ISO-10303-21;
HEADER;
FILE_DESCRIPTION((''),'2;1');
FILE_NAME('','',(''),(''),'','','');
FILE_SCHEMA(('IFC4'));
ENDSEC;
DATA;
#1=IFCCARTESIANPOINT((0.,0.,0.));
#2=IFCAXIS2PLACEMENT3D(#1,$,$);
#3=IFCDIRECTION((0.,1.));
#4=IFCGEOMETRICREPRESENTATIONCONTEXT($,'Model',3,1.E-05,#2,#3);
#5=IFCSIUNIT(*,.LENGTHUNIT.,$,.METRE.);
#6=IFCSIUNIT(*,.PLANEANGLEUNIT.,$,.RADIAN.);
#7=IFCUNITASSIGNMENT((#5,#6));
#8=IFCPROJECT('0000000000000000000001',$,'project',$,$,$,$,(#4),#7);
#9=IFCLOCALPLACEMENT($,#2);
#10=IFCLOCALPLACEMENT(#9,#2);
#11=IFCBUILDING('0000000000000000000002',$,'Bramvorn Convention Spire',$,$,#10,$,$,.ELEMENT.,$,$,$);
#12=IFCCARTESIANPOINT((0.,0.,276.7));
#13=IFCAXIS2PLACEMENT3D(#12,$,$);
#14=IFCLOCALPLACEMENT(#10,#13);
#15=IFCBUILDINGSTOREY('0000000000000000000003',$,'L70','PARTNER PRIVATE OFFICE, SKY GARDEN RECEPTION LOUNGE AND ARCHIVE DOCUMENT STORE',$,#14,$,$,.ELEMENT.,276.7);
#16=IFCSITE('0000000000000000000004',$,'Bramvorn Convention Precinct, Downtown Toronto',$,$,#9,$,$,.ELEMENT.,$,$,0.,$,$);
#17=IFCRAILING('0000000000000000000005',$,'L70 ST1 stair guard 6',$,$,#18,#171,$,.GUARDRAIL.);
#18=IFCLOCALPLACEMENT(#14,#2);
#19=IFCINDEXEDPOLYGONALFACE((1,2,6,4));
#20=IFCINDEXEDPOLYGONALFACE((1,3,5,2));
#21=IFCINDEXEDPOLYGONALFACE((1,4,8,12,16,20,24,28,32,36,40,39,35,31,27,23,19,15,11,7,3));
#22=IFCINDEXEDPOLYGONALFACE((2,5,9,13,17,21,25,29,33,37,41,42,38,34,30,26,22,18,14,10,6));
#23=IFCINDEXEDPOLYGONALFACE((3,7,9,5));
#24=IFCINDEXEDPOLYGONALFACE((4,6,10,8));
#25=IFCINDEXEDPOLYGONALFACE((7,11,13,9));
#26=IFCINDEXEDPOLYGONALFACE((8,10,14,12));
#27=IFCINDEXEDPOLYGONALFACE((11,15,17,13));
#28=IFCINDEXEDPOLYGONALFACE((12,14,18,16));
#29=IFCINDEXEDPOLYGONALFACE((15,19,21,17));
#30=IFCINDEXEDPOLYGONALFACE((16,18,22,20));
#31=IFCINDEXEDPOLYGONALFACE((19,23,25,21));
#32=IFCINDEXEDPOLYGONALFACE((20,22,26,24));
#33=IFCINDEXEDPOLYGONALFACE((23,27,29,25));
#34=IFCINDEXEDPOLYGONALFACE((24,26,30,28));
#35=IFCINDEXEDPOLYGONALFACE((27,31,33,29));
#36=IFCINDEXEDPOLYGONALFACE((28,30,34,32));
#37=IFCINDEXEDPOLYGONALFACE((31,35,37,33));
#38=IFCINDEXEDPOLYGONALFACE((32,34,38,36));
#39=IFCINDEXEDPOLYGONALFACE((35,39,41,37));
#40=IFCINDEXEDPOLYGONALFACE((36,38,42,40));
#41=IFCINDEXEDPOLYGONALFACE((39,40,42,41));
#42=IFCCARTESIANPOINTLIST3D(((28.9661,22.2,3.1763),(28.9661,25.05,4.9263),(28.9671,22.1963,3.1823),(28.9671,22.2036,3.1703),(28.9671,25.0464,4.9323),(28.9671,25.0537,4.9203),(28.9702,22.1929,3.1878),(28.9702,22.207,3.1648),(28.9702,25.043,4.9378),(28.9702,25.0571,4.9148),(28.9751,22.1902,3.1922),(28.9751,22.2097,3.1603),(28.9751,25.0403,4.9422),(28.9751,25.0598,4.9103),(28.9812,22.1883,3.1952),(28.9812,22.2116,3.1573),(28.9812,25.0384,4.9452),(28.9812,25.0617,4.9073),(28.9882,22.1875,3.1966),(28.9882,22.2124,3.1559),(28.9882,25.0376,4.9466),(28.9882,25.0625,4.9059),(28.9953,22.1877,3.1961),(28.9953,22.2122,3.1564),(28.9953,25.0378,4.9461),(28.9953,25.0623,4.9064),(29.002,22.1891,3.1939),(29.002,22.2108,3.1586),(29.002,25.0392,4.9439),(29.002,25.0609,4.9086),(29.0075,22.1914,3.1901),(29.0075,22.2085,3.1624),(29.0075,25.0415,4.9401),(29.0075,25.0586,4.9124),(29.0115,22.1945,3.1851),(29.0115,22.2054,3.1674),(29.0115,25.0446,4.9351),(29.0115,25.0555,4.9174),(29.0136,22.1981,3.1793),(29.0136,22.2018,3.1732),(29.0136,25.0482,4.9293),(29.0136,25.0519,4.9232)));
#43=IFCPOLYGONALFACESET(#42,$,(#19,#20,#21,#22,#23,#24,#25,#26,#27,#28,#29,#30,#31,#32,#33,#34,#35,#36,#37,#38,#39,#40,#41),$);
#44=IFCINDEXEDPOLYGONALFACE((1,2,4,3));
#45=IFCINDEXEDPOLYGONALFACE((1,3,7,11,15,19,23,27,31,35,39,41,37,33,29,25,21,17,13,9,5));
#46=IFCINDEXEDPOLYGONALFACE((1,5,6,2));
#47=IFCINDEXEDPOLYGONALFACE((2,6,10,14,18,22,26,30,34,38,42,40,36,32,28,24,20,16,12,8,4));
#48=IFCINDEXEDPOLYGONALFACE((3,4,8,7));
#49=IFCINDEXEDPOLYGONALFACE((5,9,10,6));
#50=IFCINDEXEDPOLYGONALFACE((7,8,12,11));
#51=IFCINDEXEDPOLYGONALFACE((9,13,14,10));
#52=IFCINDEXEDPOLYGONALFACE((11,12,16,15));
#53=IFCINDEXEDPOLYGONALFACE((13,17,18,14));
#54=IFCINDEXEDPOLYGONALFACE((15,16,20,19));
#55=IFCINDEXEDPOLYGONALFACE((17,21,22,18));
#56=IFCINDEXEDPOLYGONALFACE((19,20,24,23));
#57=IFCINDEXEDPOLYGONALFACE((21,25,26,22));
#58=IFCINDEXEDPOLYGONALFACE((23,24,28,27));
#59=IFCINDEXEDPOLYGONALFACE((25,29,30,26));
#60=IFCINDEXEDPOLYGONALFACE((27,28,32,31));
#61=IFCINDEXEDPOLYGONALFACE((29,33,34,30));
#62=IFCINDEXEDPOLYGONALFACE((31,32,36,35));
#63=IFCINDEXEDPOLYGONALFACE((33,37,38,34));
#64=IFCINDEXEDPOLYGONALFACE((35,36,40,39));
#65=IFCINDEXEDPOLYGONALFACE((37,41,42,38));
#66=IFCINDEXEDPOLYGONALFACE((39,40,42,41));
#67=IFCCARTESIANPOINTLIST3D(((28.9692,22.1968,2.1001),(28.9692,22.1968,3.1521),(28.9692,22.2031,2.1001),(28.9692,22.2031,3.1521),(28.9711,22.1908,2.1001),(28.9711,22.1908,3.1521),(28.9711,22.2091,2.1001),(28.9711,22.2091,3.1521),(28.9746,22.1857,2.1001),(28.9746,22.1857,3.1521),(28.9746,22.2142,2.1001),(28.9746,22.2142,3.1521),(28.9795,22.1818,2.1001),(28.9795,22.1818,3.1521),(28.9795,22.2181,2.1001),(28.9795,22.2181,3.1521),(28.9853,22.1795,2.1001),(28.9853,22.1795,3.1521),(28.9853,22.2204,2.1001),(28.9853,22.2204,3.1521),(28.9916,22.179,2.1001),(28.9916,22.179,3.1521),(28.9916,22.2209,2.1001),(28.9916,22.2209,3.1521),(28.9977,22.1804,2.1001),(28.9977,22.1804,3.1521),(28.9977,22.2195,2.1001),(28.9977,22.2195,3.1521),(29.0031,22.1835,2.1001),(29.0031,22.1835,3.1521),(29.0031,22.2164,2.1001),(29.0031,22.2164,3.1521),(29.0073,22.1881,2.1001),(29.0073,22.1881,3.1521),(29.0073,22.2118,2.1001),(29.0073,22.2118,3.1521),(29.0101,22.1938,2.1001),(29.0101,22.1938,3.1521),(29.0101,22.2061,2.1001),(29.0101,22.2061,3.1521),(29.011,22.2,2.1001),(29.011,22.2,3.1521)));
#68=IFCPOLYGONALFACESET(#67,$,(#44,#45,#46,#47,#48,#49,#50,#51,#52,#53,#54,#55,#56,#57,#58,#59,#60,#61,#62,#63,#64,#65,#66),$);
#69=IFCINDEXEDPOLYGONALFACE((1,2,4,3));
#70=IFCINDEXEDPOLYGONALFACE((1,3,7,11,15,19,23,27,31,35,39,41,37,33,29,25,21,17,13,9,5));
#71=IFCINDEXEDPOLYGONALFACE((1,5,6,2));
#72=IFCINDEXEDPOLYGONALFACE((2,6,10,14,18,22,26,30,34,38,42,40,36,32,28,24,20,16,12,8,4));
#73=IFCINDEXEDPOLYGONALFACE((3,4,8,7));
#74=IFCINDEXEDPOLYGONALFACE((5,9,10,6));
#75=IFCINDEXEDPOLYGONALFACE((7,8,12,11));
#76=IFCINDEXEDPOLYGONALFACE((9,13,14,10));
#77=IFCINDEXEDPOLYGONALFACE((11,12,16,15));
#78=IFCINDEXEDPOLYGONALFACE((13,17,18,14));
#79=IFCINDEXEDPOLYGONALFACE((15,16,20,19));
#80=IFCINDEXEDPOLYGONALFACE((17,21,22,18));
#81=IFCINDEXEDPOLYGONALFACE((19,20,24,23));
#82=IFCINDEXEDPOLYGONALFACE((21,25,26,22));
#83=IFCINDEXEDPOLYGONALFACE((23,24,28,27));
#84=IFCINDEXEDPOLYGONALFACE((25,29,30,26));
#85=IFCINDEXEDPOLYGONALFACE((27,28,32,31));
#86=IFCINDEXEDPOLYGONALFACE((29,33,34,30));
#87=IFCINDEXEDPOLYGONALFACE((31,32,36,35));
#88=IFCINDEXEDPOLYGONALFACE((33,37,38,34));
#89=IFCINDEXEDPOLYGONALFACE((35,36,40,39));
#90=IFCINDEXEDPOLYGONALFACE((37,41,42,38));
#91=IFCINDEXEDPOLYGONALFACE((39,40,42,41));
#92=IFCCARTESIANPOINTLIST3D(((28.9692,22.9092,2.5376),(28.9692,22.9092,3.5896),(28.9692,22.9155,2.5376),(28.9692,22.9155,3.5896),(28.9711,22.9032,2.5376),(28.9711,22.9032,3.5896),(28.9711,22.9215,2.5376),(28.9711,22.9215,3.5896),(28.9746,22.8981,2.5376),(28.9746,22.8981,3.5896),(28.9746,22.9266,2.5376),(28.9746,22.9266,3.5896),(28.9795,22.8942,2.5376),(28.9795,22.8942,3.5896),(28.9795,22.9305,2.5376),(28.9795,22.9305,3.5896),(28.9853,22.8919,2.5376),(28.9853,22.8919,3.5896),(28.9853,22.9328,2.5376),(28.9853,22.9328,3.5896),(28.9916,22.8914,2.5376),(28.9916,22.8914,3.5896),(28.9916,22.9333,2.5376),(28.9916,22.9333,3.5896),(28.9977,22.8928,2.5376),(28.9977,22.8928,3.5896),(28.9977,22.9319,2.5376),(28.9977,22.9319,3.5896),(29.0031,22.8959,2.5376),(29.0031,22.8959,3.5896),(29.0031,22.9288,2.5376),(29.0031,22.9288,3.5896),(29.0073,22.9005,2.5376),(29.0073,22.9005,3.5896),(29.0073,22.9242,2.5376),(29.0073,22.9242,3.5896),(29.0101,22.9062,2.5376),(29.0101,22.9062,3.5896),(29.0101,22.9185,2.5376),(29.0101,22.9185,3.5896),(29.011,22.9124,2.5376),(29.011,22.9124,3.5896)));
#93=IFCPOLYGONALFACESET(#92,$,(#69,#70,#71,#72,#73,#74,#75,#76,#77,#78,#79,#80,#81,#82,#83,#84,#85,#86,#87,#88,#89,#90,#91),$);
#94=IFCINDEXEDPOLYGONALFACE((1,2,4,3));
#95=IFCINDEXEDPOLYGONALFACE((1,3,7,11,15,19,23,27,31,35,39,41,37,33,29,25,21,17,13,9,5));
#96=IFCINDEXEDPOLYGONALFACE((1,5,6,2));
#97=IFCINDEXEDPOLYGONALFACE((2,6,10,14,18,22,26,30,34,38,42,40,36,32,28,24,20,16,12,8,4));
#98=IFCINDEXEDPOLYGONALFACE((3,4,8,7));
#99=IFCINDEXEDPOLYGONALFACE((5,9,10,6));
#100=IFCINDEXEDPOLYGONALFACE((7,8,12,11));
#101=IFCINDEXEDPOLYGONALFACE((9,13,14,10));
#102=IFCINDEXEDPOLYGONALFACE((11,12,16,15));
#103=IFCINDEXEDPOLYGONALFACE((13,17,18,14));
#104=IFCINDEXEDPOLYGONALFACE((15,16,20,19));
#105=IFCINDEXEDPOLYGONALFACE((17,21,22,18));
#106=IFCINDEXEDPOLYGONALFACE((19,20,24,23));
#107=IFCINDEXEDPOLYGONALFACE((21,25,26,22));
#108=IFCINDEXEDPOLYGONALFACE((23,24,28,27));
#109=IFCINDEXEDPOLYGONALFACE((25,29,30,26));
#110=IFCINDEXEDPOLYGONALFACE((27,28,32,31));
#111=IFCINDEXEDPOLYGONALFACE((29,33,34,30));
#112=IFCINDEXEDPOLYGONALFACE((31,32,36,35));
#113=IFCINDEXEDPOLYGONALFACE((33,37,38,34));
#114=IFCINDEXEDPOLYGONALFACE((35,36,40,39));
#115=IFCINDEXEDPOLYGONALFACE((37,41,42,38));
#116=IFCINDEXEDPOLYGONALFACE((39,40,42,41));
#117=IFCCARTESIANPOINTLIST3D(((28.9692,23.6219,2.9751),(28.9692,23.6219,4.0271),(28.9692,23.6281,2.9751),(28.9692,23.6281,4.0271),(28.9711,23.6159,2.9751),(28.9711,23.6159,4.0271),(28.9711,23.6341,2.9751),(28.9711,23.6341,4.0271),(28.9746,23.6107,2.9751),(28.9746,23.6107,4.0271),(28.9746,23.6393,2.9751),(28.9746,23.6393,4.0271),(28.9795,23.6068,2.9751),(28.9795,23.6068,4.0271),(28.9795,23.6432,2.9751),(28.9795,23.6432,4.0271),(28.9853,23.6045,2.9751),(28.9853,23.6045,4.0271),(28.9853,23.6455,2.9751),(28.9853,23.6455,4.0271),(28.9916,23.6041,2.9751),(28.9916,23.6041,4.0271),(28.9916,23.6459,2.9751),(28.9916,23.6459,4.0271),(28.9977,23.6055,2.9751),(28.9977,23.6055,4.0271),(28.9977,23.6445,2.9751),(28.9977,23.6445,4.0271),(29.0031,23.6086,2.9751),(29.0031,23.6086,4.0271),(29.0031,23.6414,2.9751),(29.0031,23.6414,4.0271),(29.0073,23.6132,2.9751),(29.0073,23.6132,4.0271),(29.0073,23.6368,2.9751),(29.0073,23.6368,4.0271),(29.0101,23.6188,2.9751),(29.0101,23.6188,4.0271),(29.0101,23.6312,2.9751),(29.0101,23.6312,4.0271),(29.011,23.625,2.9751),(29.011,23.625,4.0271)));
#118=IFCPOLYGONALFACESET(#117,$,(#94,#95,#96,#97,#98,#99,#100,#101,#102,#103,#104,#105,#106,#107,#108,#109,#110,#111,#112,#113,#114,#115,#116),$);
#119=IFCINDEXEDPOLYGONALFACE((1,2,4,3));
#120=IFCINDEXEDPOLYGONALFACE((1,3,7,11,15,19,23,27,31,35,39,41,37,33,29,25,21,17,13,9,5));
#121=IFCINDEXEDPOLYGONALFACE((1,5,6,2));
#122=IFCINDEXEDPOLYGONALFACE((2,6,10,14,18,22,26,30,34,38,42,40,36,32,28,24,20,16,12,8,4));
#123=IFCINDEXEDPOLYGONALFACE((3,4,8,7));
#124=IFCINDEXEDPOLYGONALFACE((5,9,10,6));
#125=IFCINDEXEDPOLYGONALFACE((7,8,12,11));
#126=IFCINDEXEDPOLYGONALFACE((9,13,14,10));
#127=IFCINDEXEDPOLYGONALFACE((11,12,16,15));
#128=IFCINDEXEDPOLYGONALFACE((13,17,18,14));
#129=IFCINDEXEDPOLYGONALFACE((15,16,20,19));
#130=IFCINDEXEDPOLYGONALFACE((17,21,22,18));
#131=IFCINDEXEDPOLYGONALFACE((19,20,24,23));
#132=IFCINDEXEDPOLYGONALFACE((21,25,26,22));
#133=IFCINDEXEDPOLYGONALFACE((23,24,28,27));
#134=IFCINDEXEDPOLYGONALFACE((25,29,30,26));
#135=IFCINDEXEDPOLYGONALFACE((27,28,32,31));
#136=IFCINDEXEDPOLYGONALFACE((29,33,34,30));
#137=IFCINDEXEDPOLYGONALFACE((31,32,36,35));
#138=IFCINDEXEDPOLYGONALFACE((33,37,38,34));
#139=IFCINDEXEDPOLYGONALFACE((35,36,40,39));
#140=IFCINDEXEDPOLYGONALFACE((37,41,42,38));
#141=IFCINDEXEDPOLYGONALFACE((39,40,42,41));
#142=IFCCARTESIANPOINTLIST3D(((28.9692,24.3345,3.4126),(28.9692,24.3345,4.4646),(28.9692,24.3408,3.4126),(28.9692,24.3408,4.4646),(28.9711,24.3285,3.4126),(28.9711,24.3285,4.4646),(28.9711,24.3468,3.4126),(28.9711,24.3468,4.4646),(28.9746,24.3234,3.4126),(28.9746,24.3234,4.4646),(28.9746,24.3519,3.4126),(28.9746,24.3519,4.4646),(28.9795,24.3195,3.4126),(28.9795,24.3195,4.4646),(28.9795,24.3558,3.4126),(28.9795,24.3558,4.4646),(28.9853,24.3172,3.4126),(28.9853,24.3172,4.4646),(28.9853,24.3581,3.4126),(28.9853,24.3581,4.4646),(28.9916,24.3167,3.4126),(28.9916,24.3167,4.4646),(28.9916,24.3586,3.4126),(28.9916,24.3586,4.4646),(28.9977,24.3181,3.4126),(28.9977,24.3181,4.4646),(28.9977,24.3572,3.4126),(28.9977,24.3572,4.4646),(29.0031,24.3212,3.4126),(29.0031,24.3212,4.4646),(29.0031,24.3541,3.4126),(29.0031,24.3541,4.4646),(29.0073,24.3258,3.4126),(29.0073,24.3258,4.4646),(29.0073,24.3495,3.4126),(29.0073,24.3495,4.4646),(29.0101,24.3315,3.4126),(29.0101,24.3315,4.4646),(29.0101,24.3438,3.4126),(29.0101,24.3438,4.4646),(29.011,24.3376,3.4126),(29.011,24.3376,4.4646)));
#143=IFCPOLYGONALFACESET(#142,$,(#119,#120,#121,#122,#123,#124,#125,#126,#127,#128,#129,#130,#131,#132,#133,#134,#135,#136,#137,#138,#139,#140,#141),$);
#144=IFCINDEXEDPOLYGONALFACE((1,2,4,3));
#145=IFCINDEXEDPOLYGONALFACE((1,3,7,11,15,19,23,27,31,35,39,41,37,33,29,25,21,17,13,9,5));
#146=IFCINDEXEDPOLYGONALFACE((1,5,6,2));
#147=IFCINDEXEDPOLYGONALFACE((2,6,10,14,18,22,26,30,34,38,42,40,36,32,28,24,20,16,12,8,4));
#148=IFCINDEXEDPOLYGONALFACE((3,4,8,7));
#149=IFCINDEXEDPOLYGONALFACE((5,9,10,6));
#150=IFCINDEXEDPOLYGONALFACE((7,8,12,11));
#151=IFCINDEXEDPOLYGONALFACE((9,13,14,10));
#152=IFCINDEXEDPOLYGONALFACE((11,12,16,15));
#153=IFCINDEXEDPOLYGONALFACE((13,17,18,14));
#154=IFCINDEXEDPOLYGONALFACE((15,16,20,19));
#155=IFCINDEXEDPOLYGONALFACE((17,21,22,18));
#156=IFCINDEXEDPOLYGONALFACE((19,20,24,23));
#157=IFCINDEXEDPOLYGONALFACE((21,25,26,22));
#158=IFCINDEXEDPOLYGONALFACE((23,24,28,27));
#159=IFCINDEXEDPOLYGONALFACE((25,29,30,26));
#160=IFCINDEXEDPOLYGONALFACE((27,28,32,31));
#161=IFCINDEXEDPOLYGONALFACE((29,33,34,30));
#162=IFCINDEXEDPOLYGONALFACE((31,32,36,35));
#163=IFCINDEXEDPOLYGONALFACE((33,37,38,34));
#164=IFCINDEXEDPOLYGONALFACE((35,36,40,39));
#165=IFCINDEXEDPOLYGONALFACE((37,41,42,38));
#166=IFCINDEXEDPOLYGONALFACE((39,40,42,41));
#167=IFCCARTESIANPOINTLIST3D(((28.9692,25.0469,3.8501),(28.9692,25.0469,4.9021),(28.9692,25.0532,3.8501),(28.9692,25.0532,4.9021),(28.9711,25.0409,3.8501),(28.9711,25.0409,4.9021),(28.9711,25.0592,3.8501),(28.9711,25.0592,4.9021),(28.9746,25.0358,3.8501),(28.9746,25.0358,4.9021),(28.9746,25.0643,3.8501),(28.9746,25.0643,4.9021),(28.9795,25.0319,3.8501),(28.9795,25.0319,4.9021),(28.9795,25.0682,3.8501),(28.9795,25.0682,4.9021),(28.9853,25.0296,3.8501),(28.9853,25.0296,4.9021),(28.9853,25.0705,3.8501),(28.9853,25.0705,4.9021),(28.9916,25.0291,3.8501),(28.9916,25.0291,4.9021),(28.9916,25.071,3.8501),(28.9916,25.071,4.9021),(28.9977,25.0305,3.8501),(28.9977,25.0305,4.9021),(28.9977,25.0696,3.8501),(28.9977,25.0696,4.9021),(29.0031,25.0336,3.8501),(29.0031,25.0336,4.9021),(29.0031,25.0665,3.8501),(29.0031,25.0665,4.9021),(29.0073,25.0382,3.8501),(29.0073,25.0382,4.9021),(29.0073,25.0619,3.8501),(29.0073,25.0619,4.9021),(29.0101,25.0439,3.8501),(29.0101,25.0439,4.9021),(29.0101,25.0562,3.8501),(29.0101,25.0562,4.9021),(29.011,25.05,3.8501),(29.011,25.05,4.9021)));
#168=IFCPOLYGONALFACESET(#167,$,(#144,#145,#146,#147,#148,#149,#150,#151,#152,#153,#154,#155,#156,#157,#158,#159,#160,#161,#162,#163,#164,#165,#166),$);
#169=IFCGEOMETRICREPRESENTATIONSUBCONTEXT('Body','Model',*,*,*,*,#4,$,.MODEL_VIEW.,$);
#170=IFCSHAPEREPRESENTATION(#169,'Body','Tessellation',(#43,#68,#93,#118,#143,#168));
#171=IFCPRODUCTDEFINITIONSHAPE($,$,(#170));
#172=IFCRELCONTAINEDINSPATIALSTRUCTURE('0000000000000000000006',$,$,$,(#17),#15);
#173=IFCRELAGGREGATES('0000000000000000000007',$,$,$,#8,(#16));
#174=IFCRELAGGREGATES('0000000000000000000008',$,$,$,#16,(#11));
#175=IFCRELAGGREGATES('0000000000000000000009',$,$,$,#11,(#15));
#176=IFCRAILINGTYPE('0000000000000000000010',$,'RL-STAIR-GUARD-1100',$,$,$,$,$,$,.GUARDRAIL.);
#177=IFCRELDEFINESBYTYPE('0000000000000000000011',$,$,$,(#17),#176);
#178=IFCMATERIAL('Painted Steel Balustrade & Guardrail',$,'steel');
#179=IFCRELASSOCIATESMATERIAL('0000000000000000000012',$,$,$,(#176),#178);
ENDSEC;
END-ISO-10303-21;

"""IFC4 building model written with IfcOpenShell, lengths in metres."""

from ifc_helpers import new_model, si_unit, direction, frame, origin, origin_2d, place, context, subcontext, project, spatial, circle, extrude, material, type_object, element, save


model = new_model("IFC4")

# Units and contexts
model_context = context("Model", 3, precision=1e-05, world=origin(), true_north=direction((0.0, 1.0)))
body_context = subcontext(model_context, "Body", "Model", "MODEL_VIEW")
ifc_project = project(units=[si_unit("LENGTHUNIT", "METRE"), si_unit("PLANEANGLEUNIT", "RADIAN")], contexts=[model_context])

# Site, building, storey
site_placement = place(None, origin())
site = spatial("IfcSite", under=ifc_project, at=site_placement, Name="Bramvorn Convention Precinct, Downtown Toronto", CompositionType="ELEMENT", RefElevation=0.0)
building_placement = place(site_placement, origin())
building = spatial("IfcBuilding", under=site, at=building_placement, Name="Bramvorn Convention Spire", CompositionType="ELEMENT")
storey_placement = place(building_placement, frame((0.0, 0.0, 276.7)))
storey = spatial("IfcBuildingStorey", under=building, at=storey_placement, Name="L70", Description="PARTNER PRIVATE OFFICE, SKY GARDEN RECEPTION LOUNGE AND ARCHIVE DOCUMENT STORE", CompositionType="ELEMENT", Elevation=276.7)

# Railing
ifc_material_1 = material(Name="Painted Steel Balustrade & Guardrail", Category="steel")
railing_type_1 = type_object("IfcRailingType", Name="RL-STAIR-GUARD-1100", PredefinedType="GUARDRAIL", material=ifc_material_1)
railing_1_placement = place(storey_placement, frame((28.99, 22.2, 2.1001)))
element("IfcRailing", 1, at=railing_1_placement, inside=storey, type_object=railing_type_1, Name="L70 ST1 stair guard 6", PredefinedType="GUARDRAIL", context=body_context, shape_type="SweptSolid", body=[
    extrude(circle(Radius=0.0239, at=origin_2d()), frame((0.0, 0.0, 1.0762), z_axis=(0.0, 0.852179, 0.52325), x_axis=(-1.0, 0.0, 0.0)), (0.0, 0.0, 1.0), 3.3445),
    extrude(circle(Radius=0.021, at=origin_2d()), origin(), (0.0, 0.0, 1.0), 1.052),
    extrude(circle(Radius=0.021, at=origin_2d()), frame((0.0, 0.7124, 0.4375)), (0.0, 0.0, 1.0), 1.052),
    extrude(circle(Radius=0.021, at=origin_2d()), frame((0.0, 1.425, 0.875)), (0.0, 0.0, 1.0), 1.052),
    extrude(circle(Radius=0.021, at=origin_2d()), frame((0.0, 2.1377, 1.3125)), (0.0, 0.0, 1.0), 1.052),
    extrude(circle(Radius=0.021, at=origin_2d()), frame((0.0, 2.8501, 1.75)), (0.0, 0.0, 1.0), 1.052),
])

save(model, "model.ifc")
